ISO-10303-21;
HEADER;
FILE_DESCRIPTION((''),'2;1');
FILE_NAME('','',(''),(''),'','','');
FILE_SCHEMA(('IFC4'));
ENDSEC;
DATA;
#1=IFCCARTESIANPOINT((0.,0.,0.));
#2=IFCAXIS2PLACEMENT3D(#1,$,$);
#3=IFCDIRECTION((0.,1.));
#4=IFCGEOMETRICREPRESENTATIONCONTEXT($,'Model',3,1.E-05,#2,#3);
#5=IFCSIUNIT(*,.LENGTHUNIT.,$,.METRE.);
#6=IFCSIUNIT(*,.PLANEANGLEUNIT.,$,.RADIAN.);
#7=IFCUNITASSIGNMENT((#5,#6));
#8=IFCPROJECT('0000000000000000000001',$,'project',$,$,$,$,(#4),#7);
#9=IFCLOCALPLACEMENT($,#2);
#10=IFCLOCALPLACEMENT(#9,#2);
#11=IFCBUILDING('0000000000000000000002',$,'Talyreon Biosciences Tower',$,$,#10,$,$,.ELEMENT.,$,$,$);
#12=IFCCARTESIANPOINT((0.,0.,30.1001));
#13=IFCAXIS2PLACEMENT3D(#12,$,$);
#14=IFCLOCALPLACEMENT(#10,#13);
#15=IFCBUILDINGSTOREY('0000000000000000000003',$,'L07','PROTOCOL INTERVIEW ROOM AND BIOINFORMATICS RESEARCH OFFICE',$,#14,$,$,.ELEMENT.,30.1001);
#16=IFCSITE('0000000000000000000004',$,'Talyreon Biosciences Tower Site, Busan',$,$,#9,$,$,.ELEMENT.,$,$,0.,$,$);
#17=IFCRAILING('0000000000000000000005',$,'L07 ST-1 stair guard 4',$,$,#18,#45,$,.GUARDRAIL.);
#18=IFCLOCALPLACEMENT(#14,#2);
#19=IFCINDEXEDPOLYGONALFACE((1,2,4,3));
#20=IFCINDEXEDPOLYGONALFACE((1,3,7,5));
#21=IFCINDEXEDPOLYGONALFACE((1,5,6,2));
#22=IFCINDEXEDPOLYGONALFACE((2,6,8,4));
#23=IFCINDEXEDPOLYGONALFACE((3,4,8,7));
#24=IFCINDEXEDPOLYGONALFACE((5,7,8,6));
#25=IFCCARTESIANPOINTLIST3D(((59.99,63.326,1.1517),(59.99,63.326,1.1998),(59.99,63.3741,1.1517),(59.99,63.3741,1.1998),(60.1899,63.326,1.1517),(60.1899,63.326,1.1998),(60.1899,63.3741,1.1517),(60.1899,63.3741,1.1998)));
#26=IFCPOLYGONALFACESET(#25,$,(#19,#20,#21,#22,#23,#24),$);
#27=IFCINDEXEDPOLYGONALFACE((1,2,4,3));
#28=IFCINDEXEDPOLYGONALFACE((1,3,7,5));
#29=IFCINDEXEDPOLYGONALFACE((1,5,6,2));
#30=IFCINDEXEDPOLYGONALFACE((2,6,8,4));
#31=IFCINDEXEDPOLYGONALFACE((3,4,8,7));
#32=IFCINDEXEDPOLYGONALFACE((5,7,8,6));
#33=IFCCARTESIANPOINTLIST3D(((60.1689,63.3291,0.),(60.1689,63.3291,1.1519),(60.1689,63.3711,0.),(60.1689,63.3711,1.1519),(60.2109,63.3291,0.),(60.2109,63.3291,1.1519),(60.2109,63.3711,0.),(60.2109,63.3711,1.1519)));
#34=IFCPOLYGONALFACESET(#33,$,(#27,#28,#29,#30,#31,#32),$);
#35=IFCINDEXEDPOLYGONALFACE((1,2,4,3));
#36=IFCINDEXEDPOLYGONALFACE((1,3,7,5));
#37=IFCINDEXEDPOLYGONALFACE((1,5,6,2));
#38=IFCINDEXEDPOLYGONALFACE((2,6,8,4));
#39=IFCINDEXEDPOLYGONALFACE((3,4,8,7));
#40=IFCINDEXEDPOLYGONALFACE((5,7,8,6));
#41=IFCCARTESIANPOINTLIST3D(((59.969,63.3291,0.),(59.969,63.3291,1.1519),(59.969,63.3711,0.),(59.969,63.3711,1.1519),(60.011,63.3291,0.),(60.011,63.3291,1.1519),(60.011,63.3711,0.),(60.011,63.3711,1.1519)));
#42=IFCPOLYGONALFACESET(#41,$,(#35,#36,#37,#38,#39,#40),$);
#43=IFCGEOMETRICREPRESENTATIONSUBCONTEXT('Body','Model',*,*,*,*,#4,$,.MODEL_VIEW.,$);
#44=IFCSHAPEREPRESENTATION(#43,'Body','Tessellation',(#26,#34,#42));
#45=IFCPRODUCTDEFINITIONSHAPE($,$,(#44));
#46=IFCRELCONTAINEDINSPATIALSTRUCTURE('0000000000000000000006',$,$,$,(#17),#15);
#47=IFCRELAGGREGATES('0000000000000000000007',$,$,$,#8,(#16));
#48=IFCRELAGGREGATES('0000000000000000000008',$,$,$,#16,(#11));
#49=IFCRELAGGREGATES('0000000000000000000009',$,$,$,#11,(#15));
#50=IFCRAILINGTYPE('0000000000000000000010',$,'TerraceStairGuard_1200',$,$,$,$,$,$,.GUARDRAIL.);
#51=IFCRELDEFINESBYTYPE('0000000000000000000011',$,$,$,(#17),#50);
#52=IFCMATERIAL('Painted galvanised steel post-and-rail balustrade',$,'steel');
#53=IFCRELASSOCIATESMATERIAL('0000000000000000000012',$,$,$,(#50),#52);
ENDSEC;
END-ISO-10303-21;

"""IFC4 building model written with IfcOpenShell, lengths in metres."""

from ifc_helpers import new_model, si_unit, direction, frame, origin, origin_2d, place, context, subcontext, project, spatial, rectangle, extrude, material, type_object, element, save


model = new_model("IFC4")

# Units and contexts
model_context = context("Model", 3, precision=1e-05, world=origin(), true_north=direction((0.0, 1.0)))
body_context = subcontext(model_context, "Body", "Model", "MODEL_VIEW")
ifc_project = project(units=[si_unit("LENGTHUNIT", "METRE"), si_unit("PLANEANGLEUNIT", "RADIAN")], contexts=[model_context])

# Site, building, storey
site_placement = place(None, origin())
site = spatial("IfcSite", under=ifc_project, at=site_placement, Name="Talyreon Biosciences Tower Site, Busan", CompositionType="ELEMENT", RefElevation=0.0)
building_placement = place(site_placement, origin())
building = spatial("IfcBuilding", under=site, at=building_placement, Name="Talyreon Biosciences Tower", CompositionType="ELEMENT")
storey_placement = place(building_placement, frame((0.0, 0.0, 30.1001)))
storey = spatial("IfcBuildingStorey", under=building, at=storey_placement, Name="L07", Description="PROTOCOL INTERVIEW ROOM AND BIOINFORMATICS RESEARCH OFFICE", CompositionType="ELEMENT", Elevation=30.1001)

# Railing
ifc_material_1 = material(Name="Painted galvanised steel post-and-rail balustrade", Category="steel")
railing_type_1 = type_object("IfcRailingType", Name="TerraceStairGuard_1200", PredefinedType="GUARDRAIL", material=ifc_material_1)
railing_1_placement = place(storey_placement, frame((60.1899, 63.3501, 0.0)))
element("IfcRailing", 1, at=railing_1_placement, inside=storey, type_object=railing_type_1, Name="L07 ST-1 stair guard 4", PredefinedType="GUARDRAIL", context=body_context, shape_type="SweptSolid", body=[
    extrude(rectangle(XDim=0.0481, YDim=0.0481, at=origin_2d()), frame((0.0, 0.0, 1.1758), z_axis=(-1.0, 0.0, 0.0), x_axis=(0.0, -1.0, 0.0)), (0.0, 0.0, 1.0), 0.2),
    extrude(rectangle(XDim=0.042, YDim=0.042, at=origin_2d()), origin(), (0.0, 0.0, 1.0), 1.1519),
    extrude(rectangle(XDim=0.042, YDim=0.042, at=origin_2d()), frame((-0.2, 0.0, 0.0)), (0.0, 0.0, 1.0), 1.1519),
])

save(model, "model.ifc")
